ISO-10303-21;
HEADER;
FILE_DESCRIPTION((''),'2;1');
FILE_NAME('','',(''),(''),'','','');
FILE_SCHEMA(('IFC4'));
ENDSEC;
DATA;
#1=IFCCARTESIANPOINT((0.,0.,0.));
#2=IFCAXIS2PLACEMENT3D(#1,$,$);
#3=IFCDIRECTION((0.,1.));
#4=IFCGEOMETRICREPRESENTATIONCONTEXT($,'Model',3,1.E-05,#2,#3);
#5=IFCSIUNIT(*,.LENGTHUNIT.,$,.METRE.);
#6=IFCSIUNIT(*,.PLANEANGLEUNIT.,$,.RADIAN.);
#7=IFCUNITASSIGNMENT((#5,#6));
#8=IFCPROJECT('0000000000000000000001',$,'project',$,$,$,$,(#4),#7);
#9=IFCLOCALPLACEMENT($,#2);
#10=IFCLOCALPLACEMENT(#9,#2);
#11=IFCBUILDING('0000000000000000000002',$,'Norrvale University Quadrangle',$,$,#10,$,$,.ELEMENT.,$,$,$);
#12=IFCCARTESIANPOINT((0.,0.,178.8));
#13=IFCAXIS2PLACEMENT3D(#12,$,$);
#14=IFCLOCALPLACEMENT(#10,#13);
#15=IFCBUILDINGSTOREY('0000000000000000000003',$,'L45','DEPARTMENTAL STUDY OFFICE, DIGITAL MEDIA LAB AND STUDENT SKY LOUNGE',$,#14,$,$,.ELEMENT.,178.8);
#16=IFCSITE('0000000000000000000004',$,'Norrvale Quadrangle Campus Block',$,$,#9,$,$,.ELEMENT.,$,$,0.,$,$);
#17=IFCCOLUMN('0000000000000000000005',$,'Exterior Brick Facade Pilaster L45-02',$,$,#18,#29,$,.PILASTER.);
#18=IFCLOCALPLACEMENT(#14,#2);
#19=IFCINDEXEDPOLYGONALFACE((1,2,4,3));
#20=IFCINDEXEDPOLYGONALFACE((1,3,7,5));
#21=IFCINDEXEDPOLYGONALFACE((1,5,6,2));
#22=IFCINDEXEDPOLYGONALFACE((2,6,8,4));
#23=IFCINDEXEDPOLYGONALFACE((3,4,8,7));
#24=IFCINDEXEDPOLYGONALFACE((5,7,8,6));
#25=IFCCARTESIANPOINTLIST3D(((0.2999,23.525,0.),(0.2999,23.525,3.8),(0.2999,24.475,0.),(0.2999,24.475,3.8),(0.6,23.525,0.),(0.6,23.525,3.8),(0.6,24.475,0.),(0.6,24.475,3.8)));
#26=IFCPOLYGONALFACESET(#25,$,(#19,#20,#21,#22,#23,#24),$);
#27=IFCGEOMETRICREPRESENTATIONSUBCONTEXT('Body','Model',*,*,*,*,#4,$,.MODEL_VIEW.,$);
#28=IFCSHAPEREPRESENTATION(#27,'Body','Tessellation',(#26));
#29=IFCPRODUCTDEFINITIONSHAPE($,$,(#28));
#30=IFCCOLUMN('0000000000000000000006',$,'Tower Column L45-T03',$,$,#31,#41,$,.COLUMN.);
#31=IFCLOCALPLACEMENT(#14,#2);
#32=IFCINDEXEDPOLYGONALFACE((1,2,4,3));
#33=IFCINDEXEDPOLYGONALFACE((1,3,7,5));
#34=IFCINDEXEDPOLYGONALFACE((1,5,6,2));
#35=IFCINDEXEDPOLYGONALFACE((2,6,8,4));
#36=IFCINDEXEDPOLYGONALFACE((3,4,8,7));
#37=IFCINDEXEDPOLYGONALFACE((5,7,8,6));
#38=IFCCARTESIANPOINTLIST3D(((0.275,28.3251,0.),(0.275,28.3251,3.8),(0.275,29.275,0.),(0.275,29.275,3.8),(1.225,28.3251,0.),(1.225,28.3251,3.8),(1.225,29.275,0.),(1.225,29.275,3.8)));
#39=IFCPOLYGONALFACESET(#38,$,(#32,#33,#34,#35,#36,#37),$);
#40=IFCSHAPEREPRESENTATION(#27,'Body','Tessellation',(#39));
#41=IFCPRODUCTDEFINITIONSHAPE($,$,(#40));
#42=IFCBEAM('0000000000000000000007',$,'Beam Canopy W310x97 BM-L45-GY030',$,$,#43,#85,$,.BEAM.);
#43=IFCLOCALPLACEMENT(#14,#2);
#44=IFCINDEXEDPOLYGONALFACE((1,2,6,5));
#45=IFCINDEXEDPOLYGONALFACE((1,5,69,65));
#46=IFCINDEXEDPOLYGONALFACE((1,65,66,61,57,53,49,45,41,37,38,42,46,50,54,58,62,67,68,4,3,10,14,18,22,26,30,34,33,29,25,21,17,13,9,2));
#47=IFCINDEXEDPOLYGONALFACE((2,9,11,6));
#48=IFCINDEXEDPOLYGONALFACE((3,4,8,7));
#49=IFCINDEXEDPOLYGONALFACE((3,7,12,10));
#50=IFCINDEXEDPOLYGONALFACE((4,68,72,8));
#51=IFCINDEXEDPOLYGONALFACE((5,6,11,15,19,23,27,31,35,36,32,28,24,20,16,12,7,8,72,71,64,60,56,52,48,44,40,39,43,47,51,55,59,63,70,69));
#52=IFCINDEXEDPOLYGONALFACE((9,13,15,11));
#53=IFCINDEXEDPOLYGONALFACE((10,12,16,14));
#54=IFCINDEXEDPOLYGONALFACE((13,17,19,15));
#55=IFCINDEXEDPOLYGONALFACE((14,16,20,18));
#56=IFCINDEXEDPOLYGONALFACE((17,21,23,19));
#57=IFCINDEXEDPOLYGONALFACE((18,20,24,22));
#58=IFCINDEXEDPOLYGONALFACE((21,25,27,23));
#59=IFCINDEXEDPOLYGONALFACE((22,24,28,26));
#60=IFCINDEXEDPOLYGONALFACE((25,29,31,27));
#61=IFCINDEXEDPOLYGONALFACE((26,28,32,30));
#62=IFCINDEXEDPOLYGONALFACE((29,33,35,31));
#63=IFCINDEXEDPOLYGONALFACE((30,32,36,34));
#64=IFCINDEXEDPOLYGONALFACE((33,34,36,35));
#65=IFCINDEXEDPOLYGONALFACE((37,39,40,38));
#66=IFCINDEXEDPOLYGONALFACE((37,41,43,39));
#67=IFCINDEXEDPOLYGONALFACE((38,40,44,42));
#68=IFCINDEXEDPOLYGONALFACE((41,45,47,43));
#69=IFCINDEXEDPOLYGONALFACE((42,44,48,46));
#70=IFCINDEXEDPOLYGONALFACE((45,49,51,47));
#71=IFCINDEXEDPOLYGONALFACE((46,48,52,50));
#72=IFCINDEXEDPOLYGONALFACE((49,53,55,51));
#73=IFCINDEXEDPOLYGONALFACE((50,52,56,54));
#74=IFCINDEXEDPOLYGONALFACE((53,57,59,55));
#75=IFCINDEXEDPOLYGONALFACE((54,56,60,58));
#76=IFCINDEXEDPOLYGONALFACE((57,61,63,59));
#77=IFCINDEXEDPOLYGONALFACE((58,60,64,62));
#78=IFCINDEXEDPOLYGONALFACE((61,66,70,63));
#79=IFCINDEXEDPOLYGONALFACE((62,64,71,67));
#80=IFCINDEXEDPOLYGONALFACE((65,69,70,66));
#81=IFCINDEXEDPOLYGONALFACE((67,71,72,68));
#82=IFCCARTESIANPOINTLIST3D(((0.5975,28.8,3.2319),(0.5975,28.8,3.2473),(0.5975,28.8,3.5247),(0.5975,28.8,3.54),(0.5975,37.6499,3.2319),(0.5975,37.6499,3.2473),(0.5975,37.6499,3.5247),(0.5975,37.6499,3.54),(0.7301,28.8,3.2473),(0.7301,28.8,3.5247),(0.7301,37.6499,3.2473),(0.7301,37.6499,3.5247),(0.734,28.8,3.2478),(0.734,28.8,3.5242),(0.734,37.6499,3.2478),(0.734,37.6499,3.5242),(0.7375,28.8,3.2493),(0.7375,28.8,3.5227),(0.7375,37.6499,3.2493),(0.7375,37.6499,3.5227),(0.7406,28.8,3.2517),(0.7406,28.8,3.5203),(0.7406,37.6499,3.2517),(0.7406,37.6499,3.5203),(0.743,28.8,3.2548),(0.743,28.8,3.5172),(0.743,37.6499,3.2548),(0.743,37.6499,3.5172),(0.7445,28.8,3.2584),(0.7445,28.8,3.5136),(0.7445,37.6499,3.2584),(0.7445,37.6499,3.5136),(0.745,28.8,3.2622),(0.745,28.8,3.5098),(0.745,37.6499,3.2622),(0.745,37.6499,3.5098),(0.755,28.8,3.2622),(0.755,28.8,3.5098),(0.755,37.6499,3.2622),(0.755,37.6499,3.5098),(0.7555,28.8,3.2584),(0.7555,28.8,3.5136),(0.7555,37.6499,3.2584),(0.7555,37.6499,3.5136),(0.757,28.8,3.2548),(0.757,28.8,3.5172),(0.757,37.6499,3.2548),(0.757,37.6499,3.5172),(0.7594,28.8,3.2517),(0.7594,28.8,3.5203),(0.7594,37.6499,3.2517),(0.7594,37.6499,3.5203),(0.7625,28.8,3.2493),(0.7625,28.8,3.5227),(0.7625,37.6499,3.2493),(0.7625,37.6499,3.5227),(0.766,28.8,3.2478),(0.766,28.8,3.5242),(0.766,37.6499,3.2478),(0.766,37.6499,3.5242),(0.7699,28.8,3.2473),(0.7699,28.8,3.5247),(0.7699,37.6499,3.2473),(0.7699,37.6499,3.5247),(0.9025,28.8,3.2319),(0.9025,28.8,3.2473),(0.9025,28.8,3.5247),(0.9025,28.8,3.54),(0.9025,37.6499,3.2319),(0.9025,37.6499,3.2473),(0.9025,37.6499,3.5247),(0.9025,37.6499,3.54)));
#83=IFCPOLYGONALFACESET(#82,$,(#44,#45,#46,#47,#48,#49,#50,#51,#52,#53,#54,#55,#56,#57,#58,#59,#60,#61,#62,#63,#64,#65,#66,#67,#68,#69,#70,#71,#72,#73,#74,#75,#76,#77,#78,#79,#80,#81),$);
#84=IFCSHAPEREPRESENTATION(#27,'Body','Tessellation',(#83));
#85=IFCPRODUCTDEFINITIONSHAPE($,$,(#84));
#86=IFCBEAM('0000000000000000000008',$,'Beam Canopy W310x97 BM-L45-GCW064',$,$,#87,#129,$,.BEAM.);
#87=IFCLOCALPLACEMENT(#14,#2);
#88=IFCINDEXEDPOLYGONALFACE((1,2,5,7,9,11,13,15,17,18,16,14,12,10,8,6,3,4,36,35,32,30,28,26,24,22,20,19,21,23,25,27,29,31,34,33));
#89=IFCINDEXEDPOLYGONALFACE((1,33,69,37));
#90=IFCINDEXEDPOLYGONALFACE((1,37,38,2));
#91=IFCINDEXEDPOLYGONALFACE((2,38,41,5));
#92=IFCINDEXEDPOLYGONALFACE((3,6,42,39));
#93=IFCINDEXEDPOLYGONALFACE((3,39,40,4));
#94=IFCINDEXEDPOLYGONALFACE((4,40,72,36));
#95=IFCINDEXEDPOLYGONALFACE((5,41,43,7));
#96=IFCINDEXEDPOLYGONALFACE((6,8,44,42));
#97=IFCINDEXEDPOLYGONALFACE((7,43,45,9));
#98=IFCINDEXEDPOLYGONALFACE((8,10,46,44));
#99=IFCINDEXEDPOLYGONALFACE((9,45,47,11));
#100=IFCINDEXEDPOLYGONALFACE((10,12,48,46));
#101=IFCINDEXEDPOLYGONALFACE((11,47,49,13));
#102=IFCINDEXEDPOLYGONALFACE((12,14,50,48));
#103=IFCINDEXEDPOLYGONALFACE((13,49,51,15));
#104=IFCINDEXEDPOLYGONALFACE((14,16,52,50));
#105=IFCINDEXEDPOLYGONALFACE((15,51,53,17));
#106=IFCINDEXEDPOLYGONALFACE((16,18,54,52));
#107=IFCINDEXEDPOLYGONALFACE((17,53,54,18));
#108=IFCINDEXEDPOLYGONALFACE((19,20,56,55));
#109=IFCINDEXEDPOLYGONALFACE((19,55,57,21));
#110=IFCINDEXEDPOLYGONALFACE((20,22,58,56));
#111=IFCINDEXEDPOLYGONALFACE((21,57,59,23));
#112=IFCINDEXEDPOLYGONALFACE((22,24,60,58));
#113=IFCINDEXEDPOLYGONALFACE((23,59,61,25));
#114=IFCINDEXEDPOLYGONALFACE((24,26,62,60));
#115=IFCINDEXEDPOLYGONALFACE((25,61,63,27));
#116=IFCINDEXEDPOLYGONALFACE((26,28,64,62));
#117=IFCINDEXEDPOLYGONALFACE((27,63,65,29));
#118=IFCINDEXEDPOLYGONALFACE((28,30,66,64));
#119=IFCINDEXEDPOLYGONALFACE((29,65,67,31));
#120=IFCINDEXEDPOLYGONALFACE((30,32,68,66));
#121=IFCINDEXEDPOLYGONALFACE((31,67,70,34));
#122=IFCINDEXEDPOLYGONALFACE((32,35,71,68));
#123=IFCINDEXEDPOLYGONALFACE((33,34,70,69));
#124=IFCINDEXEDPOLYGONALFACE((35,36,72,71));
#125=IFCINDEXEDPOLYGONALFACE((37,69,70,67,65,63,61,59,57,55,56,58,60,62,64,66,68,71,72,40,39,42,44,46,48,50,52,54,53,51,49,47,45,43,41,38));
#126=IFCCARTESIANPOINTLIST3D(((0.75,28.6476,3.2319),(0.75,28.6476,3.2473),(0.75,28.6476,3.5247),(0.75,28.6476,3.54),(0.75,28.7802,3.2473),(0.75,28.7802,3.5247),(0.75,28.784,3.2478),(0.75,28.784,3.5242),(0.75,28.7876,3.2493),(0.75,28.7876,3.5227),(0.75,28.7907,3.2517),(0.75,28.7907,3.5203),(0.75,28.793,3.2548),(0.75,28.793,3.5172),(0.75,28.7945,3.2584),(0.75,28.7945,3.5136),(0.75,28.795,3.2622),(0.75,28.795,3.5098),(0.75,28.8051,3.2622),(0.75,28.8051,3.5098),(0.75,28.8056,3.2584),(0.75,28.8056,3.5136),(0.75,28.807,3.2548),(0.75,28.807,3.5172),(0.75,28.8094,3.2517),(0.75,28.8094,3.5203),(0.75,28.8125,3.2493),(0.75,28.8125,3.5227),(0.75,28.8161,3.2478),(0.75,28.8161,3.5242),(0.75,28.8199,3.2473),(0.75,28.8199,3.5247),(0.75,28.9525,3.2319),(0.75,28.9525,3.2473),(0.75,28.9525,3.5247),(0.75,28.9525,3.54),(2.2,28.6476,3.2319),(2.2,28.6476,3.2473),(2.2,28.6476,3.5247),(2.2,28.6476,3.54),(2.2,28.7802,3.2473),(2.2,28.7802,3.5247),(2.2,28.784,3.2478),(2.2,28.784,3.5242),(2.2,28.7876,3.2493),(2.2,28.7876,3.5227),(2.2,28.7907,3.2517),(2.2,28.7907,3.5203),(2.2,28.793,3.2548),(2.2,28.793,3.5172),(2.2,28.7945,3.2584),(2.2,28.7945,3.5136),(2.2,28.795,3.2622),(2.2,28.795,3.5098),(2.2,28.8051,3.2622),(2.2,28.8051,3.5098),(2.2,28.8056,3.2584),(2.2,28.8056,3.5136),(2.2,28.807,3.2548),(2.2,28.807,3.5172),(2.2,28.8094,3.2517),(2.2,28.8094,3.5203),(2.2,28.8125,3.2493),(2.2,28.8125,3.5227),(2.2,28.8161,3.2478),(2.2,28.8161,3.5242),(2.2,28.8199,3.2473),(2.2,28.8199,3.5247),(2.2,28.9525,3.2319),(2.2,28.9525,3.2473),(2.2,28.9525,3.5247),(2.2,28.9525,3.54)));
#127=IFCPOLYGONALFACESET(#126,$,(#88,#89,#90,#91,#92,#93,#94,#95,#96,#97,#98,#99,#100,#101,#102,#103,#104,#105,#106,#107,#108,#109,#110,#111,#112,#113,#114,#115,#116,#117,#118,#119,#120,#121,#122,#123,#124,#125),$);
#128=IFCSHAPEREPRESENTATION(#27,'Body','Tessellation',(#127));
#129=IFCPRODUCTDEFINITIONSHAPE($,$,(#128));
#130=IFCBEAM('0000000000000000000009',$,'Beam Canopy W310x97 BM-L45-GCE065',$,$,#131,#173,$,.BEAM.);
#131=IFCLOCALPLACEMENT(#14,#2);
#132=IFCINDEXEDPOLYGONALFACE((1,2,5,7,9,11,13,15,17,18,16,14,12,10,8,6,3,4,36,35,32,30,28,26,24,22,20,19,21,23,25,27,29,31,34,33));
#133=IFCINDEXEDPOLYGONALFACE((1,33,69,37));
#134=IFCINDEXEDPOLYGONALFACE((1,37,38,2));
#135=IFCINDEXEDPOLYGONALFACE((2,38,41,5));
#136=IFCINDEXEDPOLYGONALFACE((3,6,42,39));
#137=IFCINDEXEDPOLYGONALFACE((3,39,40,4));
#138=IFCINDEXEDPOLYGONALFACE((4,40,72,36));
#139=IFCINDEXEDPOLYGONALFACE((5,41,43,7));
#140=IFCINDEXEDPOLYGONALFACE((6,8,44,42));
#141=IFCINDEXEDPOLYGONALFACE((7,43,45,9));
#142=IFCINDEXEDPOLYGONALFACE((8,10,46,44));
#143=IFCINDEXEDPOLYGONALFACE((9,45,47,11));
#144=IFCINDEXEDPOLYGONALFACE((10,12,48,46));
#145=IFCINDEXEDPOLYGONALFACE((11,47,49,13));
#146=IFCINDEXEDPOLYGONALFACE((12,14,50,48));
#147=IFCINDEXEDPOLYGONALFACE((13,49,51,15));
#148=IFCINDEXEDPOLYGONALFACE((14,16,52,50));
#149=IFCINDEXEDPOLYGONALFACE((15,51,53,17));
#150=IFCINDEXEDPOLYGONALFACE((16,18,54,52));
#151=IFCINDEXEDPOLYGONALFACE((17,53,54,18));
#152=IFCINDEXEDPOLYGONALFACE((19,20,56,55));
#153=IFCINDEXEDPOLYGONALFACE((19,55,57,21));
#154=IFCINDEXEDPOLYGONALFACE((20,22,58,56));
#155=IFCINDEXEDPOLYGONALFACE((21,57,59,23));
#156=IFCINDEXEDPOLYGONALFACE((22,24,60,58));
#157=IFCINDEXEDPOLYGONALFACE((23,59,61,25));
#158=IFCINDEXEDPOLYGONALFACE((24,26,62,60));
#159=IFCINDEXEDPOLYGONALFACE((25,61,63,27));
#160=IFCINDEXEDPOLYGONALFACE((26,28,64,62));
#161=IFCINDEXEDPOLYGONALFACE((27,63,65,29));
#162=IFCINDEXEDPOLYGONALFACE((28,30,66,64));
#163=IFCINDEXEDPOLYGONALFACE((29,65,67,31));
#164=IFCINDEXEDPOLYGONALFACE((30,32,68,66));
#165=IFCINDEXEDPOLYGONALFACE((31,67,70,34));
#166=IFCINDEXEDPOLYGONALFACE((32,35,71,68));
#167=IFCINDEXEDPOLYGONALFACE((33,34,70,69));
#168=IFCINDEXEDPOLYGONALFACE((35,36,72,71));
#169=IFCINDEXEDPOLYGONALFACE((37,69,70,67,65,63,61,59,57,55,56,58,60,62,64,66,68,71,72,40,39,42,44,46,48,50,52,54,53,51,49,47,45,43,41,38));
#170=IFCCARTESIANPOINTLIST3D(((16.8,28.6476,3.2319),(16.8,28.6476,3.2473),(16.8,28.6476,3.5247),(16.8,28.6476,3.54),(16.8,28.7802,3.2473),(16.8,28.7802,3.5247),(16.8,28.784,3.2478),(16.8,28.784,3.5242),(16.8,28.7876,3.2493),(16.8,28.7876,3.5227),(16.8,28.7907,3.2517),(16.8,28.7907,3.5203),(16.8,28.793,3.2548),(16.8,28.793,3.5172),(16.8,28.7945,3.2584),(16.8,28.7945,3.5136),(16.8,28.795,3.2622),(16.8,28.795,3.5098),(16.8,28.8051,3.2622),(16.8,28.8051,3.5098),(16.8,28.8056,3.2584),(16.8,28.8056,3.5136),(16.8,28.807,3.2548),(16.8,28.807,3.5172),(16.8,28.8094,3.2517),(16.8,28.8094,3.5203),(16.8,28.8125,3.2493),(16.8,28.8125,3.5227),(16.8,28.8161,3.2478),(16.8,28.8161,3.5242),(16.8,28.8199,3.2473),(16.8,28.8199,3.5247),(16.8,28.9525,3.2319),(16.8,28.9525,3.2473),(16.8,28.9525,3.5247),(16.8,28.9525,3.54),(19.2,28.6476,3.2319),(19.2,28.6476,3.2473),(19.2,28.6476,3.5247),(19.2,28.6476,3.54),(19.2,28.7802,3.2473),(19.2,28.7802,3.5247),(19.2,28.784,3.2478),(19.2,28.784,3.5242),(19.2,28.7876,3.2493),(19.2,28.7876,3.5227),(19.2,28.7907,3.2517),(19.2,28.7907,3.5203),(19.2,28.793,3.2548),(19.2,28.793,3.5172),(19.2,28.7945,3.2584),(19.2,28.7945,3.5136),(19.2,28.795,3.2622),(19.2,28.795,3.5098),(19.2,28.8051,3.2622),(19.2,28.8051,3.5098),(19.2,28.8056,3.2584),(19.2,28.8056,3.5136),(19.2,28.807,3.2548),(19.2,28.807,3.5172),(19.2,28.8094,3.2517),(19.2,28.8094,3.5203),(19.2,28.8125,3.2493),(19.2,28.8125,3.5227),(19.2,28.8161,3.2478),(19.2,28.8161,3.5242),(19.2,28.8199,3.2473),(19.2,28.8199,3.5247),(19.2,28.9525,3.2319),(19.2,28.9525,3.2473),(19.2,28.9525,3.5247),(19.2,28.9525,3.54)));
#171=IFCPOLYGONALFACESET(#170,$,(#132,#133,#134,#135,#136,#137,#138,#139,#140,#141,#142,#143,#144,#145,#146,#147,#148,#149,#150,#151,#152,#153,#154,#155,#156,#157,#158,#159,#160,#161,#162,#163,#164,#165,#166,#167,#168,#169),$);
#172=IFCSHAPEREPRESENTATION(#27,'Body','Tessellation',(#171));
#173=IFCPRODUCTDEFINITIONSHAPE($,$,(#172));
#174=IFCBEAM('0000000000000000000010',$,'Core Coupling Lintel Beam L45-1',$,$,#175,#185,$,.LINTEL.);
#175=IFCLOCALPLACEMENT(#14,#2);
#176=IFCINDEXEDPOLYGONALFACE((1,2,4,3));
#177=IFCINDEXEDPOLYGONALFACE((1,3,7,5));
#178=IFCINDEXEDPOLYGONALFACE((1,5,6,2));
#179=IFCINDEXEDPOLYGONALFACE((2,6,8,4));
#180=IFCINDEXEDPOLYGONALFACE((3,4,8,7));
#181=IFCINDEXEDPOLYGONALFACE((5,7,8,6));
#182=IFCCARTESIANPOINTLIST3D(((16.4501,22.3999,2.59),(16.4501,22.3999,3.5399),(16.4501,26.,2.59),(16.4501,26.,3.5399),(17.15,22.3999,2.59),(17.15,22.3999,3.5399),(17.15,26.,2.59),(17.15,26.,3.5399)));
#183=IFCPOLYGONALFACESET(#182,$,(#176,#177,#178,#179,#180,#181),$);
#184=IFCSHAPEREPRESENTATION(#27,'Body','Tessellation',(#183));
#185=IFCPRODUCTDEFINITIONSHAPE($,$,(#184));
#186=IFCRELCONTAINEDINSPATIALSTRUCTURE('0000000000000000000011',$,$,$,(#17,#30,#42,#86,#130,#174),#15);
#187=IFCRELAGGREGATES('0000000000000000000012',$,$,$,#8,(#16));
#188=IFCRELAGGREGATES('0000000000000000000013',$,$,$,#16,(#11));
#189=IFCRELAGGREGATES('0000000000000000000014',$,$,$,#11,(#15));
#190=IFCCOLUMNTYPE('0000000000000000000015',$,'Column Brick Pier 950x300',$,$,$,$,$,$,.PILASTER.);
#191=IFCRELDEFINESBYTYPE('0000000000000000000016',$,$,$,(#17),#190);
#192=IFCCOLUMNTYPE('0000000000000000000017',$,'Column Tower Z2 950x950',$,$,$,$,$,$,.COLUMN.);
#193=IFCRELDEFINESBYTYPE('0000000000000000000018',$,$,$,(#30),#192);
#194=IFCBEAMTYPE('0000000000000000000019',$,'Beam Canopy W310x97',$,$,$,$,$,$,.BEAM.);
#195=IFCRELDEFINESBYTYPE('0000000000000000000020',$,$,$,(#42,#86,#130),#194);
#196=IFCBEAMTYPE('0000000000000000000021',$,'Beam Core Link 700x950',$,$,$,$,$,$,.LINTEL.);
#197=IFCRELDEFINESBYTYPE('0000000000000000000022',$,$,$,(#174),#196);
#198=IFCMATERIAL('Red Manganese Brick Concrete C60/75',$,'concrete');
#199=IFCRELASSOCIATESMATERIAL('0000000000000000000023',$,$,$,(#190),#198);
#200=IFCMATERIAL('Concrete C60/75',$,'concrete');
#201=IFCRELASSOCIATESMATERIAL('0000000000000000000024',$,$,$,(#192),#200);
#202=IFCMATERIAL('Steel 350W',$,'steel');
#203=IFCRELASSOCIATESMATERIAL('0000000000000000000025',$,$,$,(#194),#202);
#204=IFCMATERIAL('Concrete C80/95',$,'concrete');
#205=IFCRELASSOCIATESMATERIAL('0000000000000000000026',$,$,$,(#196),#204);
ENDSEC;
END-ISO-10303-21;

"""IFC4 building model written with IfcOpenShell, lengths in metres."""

from ifc_helpers import new_model, si_unit, direction, frame, origin, origin_2d, place, context, subcontext, project, spatial, rectangle, i_section, extrude, material, material_profile, profile_set, type_object, element, save


model = new_model("IFC4")

# Units and contexts
model_context = context("Model", 3, precision=1e-05, world=origin(), true_north=direction((0.0, 1.0)))
body_context = subcontext(model_context, "Body", "Model", "MODEL_VIEW")
ifc_project = project(units=[si_unit("LENGTHUNIT", "METRE"), si_unit("PLANEANGLEUNIT", "RADIAN")], contexts=[model_context])

# Site, building, storey
site_placement = place(None, origin())
site = spatial("IfcSite", under=ifc_project, at=site_placement, Name="Norrvale Quadrangle Campus Block", CompositionType="ELEMENT", RefElevation=0.0)
building_placement = place(site_placement, origin())
building = spatial("IfcBuilding", under=site, at=building_placement, Name="Norrvale University Quadrangle", CompositionType="ELEMENT")
storey_placement = place(building_placement, frame((0.0, 0.0, 178.8)))
storey = spatial("IfcBuildingStorey", under=building, at=storey_placement, Name="L45", Description="DEPARTMENTAL STUDY OFFICE, DIGITAL MEDIA LAB AND STUDENT SKY LOUNGE", CompositionType="ELEMENT", Elevation=178.8)

# Columns
ifc_material_1 = material(Name="Red Manganese Brick Concrete C60/75", Category="concrete")
ifc_material_profile_1 = material_profile(ifc_material_1, rectangle(XDim=0.95, YDim=0.3, at=origin_2d()), Name="Red Manganese Brick Concrete C60/75")
ifc_profile_set_1 = profile_set([ifc_material_profile_1], Name="Red Manganese Brick Concrete C60/75")
column_type_1 = type_object("IfcColumnType", Name="Column Brick Pier 950x300", PredefinedType="PILASTER", material=ifc_profile_set_1)
column_1_placement = place(storey_placement, frame((0.45, 24.0, 0.0), z_axis=(0.0, 0.0, 1.0), x_axis=(0.0, 1.0, 0.0)))
element("IfcColumn", 1, at=column_1_placement, inside=storey, type_object=column_type_1, Name="Exterior Brick Facade Pilaster L45-02", PredefinedType="PILASTER", context=body_context, shape_type="SweptSolid", body=[
    extrude(rectangle(XDim=0.95, YDim=0.3, at=origin_2d()), origin(), (0.0, 0.0, 1.0), 3.8),
])
ifc_material_2 = material(Name="Concrete C60/75", Category="concrete")
ifc_material_profile_2 = material_profile(ifc_material_2, rectangle(XDim=0.95, YDim=0.95, at=origin_2d()), Name="Concrete C60/75")
ifc_profile_set_2 = profile_set([ifc_material_profile_2], Name="Concrete C60/75")
column_type_2 = type_object("IfcColumnType", Name="Column Tower Z2 950x950", PredefinedType="COLUMN", material=ifc_profile_set_2)
column_2_placement = place(storey_placement, frame((0.75, 28.8, 0.0), z_axis=(0.0, 0.0, 1.0), x_axis=(1.0, 0.0, 0.0)))
element("IfcColumn", 2, at=column_2_placement, inside=storey, type_object=column_type_2, Name="Tower Column L45-T03", PredefinedType="COLUMN", context=body_context, shape_type="SweptSolid", body=[
    extrude(rectangle(XDim=0.95, YDim=0.95, at=origin_2d()), origin(), (0.0, 0.0, 1.0), 3.8),
])

# Beams
ifc_material_3 = material(Name="Steel 350W", Category="steel")
ifc_material_profile_3 = material_profile(ifc_material_3, i_section(OverallWidth=0.3049, OverallDepth=0.3081, WebThickness=0.01, FlangeThickness=0.0154, FilletRadius=0.0149, at=origin_2d()), Name="Steel 350W")
ifc_profile_set_3 = profile_set([ifc_material_profile_3], Name="Steel 350W")
beam_type_1 = type_object("IfcBeamType", Name="Beam Canopy W310x97", PredefinedType="BEAM", material=ifc_profile_set_3)
beam_1_placement = place(storey_placement, frame((0.75, 28.8, 3.386), z_axis=(0.0, 1.0, 0.0), x_axis=(-1.0, 0.0, 0.0)))
element("IfcBeam", 3, at=beam_1_placement, inside=storey, type_object=beam_type_1, Name="Beam Canopy W310x97 BM-L45-GY030", PredefinedType="BEAM", context=body_context, shape_type="SweptSolid", body=[
    extrude(i_section(OverallWidth=0.3049, OverallDepth=0.3081, WebThickness=0.01, FlangeThickness=0.0154, FilletRadius=0.0149, at=origin_2d()), origin(), (0.0, 0.0, 1.0), 8.8499),
])
beam_2_placement = place(storey_placement, frame((0.75, 28.8, 3.386), z_axis=(1.0, 0.0, 0.0), x_axis=(0.0, 1.0, 0.0)))
element("IfcBeam", 4, at=beam_2_placement, inside=storey, type_object=beam_type_1, Name="Beam Canopy W310x97 BM-L45-GCW064", PredefinedType="BEAM", context=body_context, shape_type="SweptSolid", body=[
    extrude(i_section(OverallWidth=0.3049, OverallDepth=0.3081, WebThickness=0.01, FlangeThickness=0.0154, FilletRadius=0.0149, at=origin_2d()), origin(), (0.0, 0.0, 1.0), 1.45),
])
beam_3_placement = place(storey_placement, frame((16.8, 28.8, 3.386), z_axis=(1.0, 0.0, 0.0), x_axis=(0.0, 1.0, 0.0)))
element("IfcBeam", 5, at=beam_3_placement, inside=storey, type_object=beam_type_1, Name="Beam Canopy W310x97 BM-L45-GCE065", PredefinedType="BEAM", context=body_context, shape_type="SweptSolid", body=[
    extrude(i_section(OverallWidth=0.3049, OverallDepth=0.3081, WebThickness=0.01, FlangeThickness=0.0154, FilletRadius=0.0149, at=origin_2d()), origin(), (0.0, 0.0, 1.0), 2.3999),
])
ifc_material_4 = material(Name="Concrete C80/95", Category="concrete")
ifc_material_profile_4 = material_profile(ifc_material_4, rectangle(XDim=0.7, YDim=0.95, at=origin_2d()), Name="Concrete C80/95")
ifc_profile_set_4 = profile_set([ifc_material_profile_4], Name="Concrete C80/95")
beam_type_2 = type_object("IfcBeamType", Name="Beam Core Link 700x950", PredefinedType="LINTEL", material=ifc_profile_set_4)
beam_4_placement = place(storey_placement, frame((16.8, 22.3999, 3.0649), z_axis=(0.0, 1.0, 0.0), x_axis=(-1.0, 0.0, 0.0)))
element("IfcBeam", 6, at=beam_4_placement, inside=storey, type_object=beam_type_2, Name="Core Coupling Lintel Beam L45-1", PredefinedType="LINTEL", context=body_context, shape_type="SweptSolid", body=[
    extrude(rectangle(XDim=0.7, YDim=0.95, at=origin_2d()), origin(), (0.0, 0.0, 1.0), 3.6001),
])

save(model, "model.ifc")
